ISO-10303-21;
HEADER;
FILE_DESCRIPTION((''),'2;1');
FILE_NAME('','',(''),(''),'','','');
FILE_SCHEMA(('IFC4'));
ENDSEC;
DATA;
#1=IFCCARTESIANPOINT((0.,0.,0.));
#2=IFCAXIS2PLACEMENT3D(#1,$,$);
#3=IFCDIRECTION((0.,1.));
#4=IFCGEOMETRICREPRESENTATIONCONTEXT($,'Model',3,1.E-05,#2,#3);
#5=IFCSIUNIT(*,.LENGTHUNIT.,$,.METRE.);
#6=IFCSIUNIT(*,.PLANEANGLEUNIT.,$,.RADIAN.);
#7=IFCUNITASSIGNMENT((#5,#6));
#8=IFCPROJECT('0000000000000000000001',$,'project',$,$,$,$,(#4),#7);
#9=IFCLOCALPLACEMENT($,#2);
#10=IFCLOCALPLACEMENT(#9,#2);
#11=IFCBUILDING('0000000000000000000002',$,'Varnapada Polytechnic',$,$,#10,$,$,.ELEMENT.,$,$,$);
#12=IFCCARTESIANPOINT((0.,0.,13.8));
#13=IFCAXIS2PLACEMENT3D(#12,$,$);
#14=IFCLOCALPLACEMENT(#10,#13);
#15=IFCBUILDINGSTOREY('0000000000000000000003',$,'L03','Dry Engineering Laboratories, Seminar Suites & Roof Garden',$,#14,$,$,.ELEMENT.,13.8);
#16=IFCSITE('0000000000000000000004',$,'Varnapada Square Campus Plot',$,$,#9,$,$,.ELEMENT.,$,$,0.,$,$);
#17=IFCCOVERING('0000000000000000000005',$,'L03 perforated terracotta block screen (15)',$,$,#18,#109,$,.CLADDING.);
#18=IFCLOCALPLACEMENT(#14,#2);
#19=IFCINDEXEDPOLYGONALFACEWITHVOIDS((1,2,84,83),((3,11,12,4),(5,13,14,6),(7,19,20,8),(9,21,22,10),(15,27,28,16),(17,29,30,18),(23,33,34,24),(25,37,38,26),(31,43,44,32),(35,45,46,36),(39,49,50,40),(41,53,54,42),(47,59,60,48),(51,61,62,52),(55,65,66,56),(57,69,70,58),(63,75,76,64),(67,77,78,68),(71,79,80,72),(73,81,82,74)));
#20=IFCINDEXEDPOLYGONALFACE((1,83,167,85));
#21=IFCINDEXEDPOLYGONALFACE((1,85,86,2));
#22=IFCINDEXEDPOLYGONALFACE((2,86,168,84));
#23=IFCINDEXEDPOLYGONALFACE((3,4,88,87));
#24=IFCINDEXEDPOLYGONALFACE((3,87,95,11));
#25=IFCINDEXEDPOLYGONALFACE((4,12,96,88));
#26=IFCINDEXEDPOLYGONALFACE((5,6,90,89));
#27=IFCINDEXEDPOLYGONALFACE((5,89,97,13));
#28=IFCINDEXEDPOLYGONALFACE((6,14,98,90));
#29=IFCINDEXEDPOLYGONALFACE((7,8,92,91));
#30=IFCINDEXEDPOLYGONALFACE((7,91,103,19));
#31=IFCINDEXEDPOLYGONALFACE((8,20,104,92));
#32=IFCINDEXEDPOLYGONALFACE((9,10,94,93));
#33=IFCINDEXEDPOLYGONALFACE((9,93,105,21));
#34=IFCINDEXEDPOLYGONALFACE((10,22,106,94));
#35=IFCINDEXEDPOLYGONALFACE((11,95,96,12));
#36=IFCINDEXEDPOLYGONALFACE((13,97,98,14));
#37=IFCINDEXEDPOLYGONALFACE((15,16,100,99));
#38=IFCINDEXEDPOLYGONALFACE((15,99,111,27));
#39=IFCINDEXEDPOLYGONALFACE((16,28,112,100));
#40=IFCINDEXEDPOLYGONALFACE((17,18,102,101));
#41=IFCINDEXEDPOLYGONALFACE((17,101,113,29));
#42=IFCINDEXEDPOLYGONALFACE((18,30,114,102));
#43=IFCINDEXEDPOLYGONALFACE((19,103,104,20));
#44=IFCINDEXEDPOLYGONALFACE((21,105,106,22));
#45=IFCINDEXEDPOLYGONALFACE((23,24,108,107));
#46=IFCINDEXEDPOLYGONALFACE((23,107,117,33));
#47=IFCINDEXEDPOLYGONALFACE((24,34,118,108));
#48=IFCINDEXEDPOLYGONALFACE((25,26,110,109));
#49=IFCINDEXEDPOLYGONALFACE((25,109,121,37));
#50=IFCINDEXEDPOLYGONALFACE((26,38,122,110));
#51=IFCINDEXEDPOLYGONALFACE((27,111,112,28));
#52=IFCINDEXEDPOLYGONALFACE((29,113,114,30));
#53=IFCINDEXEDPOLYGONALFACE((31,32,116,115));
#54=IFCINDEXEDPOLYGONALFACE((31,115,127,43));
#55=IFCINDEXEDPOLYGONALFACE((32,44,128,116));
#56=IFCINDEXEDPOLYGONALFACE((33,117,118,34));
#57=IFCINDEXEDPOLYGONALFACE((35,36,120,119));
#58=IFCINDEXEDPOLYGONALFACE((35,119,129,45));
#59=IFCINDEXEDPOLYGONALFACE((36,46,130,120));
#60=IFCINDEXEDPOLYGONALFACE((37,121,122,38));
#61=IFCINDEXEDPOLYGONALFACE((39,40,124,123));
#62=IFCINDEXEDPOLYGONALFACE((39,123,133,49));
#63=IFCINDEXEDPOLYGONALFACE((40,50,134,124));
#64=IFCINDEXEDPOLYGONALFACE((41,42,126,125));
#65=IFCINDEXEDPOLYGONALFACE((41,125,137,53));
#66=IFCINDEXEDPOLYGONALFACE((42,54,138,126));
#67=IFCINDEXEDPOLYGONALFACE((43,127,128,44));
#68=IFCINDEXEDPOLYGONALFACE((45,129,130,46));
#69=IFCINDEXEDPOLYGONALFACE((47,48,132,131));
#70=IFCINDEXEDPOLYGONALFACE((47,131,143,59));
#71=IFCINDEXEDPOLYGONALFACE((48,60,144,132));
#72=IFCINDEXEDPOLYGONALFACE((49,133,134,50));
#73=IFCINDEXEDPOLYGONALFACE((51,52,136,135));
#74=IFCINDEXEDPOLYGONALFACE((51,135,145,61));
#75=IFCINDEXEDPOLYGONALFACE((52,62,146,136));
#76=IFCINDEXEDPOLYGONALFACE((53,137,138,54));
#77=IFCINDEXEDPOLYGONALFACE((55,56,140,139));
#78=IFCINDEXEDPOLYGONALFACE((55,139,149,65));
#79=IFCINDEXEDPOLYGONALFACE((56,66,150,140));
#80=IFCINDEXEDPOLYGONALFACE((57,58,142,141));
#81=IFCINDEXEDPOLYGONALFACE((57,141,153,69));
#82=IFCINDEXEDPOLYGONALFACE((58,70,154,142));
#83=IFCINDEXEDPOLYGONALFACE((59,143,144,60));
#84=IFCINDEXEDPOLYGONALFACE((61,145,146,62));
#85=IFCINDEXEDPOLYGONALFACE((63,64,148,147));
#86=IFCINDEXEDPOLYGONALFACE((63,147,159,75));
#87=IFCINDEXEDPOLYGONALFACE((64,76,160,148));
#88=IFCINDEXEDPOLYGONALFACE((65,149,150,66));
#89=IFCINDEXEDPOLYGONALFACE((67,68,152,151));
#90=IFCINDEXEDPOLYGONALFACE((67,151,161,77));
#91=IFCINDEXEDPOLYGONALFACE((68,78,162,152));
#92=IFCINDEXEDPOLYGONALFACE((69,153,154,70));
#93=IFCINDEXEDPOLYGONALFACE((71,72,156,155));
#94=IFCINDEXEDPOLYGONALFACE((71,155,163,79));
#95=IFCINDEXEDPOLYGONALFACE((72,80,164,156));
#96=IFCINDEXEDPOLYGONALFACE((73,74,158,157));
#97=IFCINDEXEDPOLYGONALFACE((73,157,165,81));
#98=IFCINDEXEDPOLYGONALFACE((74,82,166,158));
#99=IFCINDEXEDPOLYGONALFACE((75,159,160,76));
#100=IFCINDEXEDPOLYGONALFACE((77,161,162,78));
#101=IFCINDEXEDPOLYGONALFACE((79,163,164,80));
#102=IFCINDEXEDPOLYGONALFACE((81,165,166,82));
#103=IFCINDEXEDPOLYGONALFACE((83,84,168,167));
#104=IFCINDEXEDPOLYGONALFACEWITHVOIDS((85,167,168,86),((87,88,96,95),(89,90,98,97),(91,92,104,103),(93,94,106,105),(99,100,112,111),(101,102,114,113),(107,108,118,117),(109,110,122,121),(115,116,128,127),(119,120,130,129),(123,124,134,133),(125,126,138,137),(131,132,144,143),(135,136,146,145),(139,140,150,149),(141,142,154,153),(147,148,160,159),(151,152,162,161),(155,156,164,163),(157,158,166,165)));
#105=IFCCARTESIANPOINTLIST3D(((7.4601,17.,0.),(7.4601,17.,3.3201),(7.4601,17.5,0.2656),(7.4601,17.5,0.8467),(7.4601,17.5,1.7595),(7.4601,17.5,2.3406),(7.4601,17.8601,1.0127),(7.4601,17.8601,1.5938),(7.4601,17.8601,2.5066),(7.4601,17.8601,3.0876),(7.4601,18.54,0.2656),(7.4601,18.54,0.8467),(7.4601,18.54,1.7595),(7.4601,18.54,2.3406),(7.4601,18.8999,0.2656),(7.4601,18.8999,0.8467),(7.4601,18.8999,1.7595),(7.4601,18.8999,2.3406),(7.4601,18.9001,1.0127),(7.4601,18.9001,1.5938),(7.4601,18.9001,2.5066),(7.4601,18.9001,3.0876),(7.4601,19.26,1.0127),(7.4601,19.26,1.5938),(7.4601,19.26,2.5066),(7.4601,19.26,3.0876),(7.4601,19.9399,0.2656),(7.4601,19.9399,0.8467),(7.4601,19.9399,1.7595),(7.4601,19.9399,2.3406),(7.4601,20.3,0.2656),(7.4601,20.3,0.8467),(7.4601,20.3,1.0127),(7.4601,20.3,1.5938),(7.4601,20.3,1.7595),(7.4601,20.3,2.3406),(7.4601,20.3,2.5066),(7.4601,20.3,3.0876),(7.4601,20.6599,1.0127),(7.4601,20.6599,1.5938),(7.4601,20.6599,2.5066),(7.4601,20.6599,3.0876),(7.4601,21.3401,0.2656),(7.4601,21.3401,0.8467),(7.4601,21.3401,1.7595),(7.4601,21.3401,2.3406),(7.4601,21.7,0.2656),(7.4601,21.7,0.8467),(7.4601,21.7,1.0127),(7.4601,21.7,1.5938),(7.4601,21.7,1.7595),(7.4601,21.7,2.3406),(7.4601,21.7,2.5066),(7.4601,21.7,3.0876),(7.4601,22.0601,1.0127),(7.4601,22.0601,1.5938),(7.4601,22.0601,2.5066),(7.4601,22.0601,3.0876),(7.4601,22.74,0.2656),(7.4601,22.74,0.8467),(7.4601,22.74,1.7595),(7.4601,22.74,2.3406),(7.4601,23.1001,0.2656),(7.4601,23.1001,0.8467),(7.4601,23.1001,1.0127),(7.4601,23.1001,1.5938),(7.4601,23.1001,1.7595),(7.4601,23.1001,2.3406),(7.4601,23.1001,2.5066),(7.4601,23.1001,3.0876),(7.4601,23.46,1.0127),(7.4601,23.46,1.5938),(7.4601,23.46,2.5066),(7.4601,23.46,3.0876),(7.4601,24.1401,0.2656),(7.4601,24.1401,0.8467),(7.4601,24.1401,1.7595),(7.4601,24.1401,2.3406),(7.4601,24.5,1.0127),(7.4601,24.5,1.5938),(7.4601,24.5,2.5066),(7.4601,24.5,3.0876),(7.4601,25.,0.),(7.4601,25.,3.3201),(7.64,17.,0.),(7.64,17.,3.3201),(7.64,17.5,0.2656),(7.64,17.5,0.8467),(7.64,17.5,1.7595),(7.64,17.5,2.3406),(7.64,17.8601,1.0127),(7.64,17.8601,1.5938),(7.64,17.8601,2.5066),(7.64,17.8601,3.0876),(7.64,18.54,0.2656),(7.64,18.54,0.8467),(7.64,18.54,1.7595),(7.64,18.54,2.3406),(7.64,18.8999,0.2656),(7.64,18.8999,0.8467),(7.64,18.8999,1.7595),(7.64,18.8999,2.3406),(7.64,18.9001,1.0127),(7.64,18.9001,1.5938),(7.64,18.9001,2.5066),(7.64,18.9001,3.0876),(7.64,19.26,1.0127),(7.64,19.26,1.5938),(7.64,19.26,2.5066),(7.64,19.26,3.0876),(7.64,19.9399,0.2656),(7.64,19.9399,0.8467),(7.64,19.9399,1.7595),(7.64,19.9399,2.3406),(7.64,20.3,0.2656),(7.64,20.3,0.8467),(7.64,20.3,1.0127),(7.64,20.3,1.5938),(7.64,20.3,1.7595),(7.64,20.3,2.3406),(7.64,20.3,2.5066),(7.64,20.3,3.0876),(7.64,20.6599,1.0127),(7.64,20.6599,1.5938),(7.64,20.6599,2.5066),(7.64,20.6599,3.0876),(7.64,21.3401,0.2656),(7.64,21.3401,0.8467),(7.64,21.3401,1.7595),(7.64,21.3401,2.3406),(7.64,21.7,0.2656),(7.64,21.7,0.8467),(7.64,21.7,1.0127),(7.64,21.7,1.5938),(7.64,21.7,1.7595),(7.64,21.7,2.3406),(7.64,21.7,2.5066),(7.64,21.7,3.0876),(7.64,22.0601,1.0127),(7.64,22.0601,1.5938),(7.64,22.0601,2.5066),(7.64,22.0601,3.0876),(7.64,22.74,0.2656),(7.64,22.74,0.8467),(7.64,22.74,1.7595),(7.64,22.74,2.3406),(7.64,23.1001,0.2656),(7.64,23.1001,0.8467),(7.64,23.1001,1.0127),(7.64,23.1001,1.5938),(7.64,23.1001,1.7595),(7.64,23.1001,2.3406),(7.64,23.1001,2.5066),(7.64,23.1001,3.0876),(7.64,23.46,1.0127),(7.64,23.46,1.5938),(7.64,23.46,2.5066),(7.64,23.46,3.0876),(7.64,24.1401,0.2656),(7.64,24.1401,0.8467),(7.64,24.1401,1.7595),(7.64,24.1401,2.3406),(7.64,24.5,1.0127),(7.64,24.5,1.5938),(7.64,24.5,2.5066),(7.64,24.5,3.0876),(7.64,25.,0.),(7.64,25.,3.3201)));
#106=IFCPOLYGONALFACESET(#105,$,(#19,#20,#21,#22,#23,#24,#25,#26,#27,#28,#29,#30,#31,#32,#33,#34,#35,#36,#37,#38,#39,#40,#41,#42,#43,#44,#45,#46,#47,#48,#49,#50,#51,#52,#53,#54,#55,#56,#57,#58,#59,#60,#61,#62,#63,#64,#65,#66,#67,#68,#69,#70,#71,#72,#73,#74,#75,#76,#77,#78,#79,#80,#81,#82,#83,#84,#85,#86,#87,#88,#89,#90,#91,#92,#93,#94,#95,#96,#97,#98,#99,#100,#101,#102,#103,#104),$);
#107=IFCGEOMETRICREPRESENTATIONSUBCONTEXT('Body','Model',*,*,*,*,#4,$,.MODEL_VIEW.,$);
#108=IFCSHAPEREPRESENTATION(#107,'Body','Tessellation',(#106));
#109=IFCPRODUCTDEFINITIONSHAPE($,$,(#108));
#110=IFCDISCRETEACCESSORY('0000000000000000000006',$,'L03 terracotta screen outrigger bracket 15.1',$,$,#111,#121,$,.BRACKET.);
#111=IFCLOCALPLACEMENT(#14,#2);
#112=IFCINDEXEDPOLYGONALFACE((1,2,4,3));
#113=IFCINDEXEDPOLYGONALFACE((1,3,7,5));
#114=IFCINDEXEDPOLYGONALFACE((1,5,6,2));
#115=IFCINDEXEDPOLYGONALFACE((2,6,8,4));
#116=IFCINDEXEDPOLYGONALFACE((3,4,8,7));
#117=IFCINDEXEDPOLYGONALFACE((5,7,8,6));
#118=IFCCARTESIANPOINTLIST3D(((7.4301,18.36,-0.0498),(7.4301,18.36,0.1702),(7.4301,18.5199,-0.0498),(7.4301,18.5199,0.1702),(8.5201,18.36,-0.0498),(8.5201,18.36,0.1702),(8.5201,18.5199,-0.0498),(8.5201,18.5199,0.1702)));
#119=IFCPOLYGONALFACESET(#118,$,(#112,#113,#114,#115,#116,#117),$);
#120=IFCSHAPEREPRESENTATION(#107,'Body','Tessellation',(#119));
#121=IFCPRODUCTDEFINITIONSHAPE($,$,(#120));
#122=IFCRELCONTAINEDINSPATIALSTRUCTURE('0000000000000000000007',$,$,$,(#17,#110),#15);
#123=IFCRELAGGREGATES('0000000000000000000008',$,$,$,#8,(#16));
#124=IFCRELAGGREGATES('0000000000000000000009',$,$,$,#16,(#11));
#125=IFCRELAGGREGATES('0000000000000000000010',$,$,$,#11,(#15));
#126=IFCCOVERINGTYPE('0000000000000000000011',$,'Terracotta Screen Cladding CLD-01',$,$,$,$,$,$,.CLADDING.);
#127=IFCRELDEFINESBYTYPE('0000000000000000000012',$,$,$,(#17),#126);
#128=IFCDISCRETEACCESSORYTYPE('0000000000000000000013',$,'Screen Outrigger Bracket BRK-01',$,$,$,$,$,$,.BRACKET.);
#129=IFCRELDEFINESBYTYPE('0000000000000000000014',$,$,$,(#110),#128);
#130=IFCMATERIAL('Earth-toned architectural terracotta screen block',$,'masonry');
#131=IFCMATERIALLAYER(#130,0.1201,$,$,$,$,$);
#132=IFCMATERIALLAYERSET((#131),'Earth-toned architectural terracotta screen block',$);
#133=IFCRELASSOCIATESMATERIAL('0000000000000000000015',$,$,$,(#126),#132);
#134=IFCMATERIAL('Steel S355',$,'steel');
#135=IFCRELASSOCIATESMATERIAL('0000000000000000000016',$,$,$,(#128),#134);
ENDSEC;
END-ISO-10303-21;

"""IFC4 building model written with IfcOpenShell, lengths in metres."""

from ifc_helpers import new_model, si_unit, direction, frame, frame_2d, origin, origin_2d, place, context, subcontext, project, spatial, rectangle, extrude, material, layer, layer_set, type_object, element, save


model = new_model("IFC4")

# Units and contexts
model_context = context("Model", 3, precision=1e-05, world=origin(), true_north=direction((0.0, 1.0)))
body_context = subcontext(model_context, "Body", "Model", "MODEL_VIEW")
ifc_project = project(units=[si_unit("LENGTHUNIT", "METRE"), si_unit("PLANEANGLEUNIT", "RADIAN")], contexts=[model_context])

# Site, building, storey
site_placement = place(None, origin())
site = spatial("IfcSite", under=ifc_project, at=site_placement, Name="Varnapada Square Campus Plot", CompositionType="ELEMENT", RefElevation=0.0)
building_placement = place(site_placement, origin())
building = spatial("IfcBuilding", under=site, at=building_placement, Name="Varnapada Polytechnic", CompositionType="ELEMENT")
storey_placement = place(building_placement, frame((0.0, 0.0, 13.8)))
storey = spatial("IfcBuildingStorey", under=building, at=storey_placement, Name="L03", Description="Dry Engineering Laboratories, Seminar Suites & Roof Garden", CompositionType="ELEMENT", Elevation=13.8)

# Covering, openings
ifc_material_1 = material(Name="Earth-toned architectural terracotta screen block", Category="masonry")
ifc_layer_1 = layer(ifc_material_1, 0.1201)
ifc_layer_set_1 = layer_set([ifc_layer_1], Name="Earth-toned architectural terracotta screen block")
covering_type = type_object("IfcCoveringType", Name="Terracotta Screen Cladding CLD-01", PredefinedType="CLADDING", material=ifc_layer_set_1)
covering_placement = place(storey_placement, frame((7.55, 17.0, 0.0), z_axis=(0.0, 0.0, 1.0), x_axis=(0.0, 1.0, 0.0)))
covering = element("IfcCovering", 1, at=covering_placement, inside=storey, type_object=covering_type, Name="L03 perforated terracotta block screen (15)", PredefinedType="CLADDING", context=body_context, shape_type="SweptSolid", body=[
    extrude(rectangle(XDim=8.0, YDim=0.1799, at=frame_2d((4.0, 0.0))), origin(), (0.0, 0.0, 1.0), 3.3201),
])
opening_1_placement = place(covering_placement, frame((0.5, 0.0, 0.2656)))
element("IfcOpeningElement", 2, at=opening_1_placement, cuts=covering, PredefinedType="OPENING", context=body_context, shape_type="SweptSolid", body=[
    extrude(rectangle(XDim=1.04, YDim=0.5811, at=frame_2d((0.52, 0.2905))), frame((0.0, 0.0999, 0.0), z_axis=(0.0, -1.0, 0.0), x_axis=(1.0, 0.0, 0.0)), (0.0, 0.0, 1.0), 0.2),
])
opening_2_placement = place(covering_placement, frame((1.8999, 0.0, 0.2656)))
element("IfcOpeningElement", 3, at=opening_2_placement, cuts=covering, PredefinedType="OPENING", context=body_context, shape_type="SweptSolid", body=[
    extrude(rectangle(XDim=1.04, YDim=0.5811, at=frame_2d((0.52, 0.2905))), frame((0.0, 0.0999, 0.0), z_axis=(0.0, -1.0, 0.0), x_axis=(1.0, 0.0, 0.0)), (0.0, 0.0, 1.0), 0.2),
])
opening_3_placement = place(covering_placement, frame((3.3, 0.0, 0.2656)))
element("IfcOpeningElement", 4, at=opening_3_placement, cuts=covering, PredefinedType="OPENING", context=body_context, shape_type="SweptSolid", body=[
    extrude(rectangle(XDim=1.04, YDim=0.5811, at=frame_2d((0.52, 0.2905))), frame((0.0, 0.0999, 0.0), z_axis=(0.0, -1.0, 0.0), x_axis=(1.0, 0.0, 0.0)), (0.0, 0.0, 1.0), 0.2),
])
opening_4_placement = place(covering_placement, frame((4.7, 0.0, 0.2656)))
element("IfcOpeningElement", 5, at=opening_4_placement, cuts=covering, PredefinedType="OPENING", context=body_context, shape_type="SweptSolid", body=[
    extrude(rectangle(XDim=1.04, YDim=0.5811, at=frame_2d((0.52, 0.2905))), frame((0.0, 0.0999, 0.0), z_axis=(0.0, -1.0, 0.0), x_axis=(1.0, 0.0, 0.0)), (0.0, 0.0, 1.0), 0.2),
])
opening_5_placement = place(covering_placement, frame((6.1001, 0.0, 0.2656)))
element("IfcOpeningElement", 6, at=opening_5_placement, cuts=covering, PredefinedType="OPENING", context=body_context, shape_type="SweptSolid", body=[
    extrude(rectangle(XDim=1.04, YDim=0.5811, at=frame_2d((0.52, 0.2905))), frame((0.0, 0.0999, 0.0), z_axis=(0.0, -1.0, 0.0), x_axis=(1.0, 0.0, 0.0)), (0.0, 0.0, 1.0), 0.2),
])
opening_6_placement = place(covering_placement, frame((0.8601, 0.0, 1.0127)))
element("IfcOpeningElement", 7, at=opening_6_placement, cuts=covering, PredefinedType="OPENING", context=body_context, shape_type="SweptSolid", body=[
    extrude(rectangle(XDim=1.04, YDim=0.5811, at=frame_2d((0.52, 0.2905))), frame((0.0, 0.0999, 0.0), z_axis=(0.0, -1.0, 0.0), x_axis=(1.0, 0.0, 0.0)), (0.0, 0.0, 1.0), 0.2),
])
opening_7_placement = place(covering_placement, frame((2.26, 0.0, 1.0127)))
element("IfcOpeningElement", 8, at=opening_7_placement, cuts=covering, PredefinedType="OPENING", context=body_context, shape_type="SweptSolid", body=[
    extrude(rectangle(XDim=1.04, YDim=0.5811, at=frame_2d((0.52, 0.2905))), frame((0.0, 0.0999, 0.0), z_axis=(0.0, -1.0, 0.0), x_axis=(1.0, 0.0, 0.0)), (0.0, 0.0, 1.0), 0.2),
])
opening_8_placement = place(covering_placement, frame((3.6599, 0.0, 1.0127)))
element("IfcOpeningElement", 9, at=opening_8_placement, cuts=covering, PredefinedType="OPENING", context=body_context, shape_type="SweptSolid", body=[
    extrude(rectangle(XDim=1.04, YDim=0.5811, at=frame_2d((0.52, 0.2905))), frame((0.0, 0.0999, 0.0), z_axis=(0.0, -1.0, 0.0), x_axis=(1.0, 0.0, 0.0)), (0.0, 0.0, 1.0), 0.2),
])
opening_9_placement = place(covering_placement, frame((5.0601, 0.0, 1.0127)))
element("IfcOpeningElement", 10, at=opening_9_placement, cuts=covering, PredefinedType="OPENING", context=body_context, shape_type="SweptSolid", body=[
    extrude(rectangle(XDim=1.04, YDim=0.5811, at=frame_2d((0.52, 0.2905))), frame((0.0, 0.0999, 0.0), z_axis=(0.0, -1.0, 0.0), x_axis=(1.0, 0.0, 0.0)), (0.0, 0.0, 1.0), 0.2),
])
opening_10_placement = place(covering_placement, frame((6.46, 0.0, 1.0127)))
element("IfcOpeningElement", 11, at=opening_10_placement, cuts=covering, PredefinedType="OPENING", context=body_context, shape_type="SweptSolid", body=[
    extrude(rectangle(XDim=1.04, YDim=0.5811, at=frame_2d((0.52, 0.2905))), frame((0.0, 0.0999, 0.0), z_axis=(0.0, -1.0, 0.0), x_axis=(1.0, 0.0, 0.0)), (0.0, 0.0, 1.0), 0.2),
])
opening_11_placement = place(covering_placement, frame((0.5, 0.0, 1.7595)))
element("IfcOpeningElement", 12, at=opening_11_placement, cuts=covering, PredefinedType="OPENING", context=body_context, shape_type="SweptSolid", body=[
    extrude(rectangle(XDim=1.04, YDim=0.5811, at=frame_2d((0.52, 0.2905))), frame((0.0, 0.0999, 0.0), z_axis=(0.0, -1.0, 0.0), x_axis=(1.0, 0.0, 0.0)), (0.0, 0.0, 1.0), 0.2),
])
opening_12_placement = place(covering_placement, frame((1.8999, 0.0, 1.7595)))
element("IfcOpeningElement", 13, at=opening_12_placement, cuts=covering, PredefinedType="OPENING", context=body_context, shape_type="SweptSolid", body=[
    extrude(rectangle(XDim=1.04, YDim=0.5811, at=frame_2d((0.52, 0.2905))), frame((0.0, 0.0999, 0.0), z_axis=(0.0, -1.0, 0.0), x_axis=(1.0, 0.0, 0.0)), (0.0, 0.0, 1.0), 0.2),
])
opening_13_placement = place(covering_placement, frame((3.3, 0.0, 1.7595)))
element("IfcOpeningElement", 14, at=opening_13_placement, cuts=covering, PredefinedType="OPENING", context=body_context, shape_type="SweptSolid", body=[
    extrude(rectangle(XDim=1.04, YDim=0.5811, at=frame_2d((0.52, 0.2905))), frame((0.0, 0.0999, 0.0), z_axis=(0.0, -1.0, 0.0), x_axis=(1.0, 0.0, 0.0)), (0.0, 0.0, 1.0), 0.2),
])
opening_14_placement = place(covering_placement, frame((4.7, 0.0, 1.7595)))
element("IfcOpeningElement", 15, at=opening_14_placement, cuts=covering, PredefinedType="OPENING", context=body_context, shape_type="SweptSolid", body=[
    extrude(rectangle(XDim=1.04, YDim=0.5811, at=frame_2d((0.52, 0.2905))), frame((0.0, 0.0999, 0.0), z_axis=(0.0, -1.0, 0.0), x_axis=(1.0, 0.0, 0.0)), (0.0, 0.0, 1.0), 0.2),
])
opening_15_placement = place(covering_placement, frame((6.1001, 0.0, 1.7595)))
element("IfcOpeningElement", 16, at=opening_15_placement, cuts=covering, PredefinedType="OPENING", context=body_context, shape_type="SweptSolid", body=[
    extrude(rectangle(XDim=1.04, YDim=0.5811, at=frame_2d((0.52, 0.2905))), frame((0.0, 0.0999, 0.0), z_axis=(0.0, -1.0, 0.0), x_axis=(1.0, 0.0, 0.0)), (0.0, 0.0, 1.0), 0.2),
])
opening_16_placement = place(covering_placement, frame((0.8601, 0.0, 2.5066)))
element("IfcOpeningElement", 17, at=opening_16_placement, cuts=covering, PredefinedType="OPENING", context=body_context, shape_type="SweptSolid", body=[
    extrude(rectangle(XDim=1.04, YDim=0.5811, at=frame_2d((0.52, 0.2905))), frame((0.0, 0.0999, 0.0), z_axis=(0.0, -1.0, 0.0), x_axis=(1.0, 0.0, 0.0)), (0.0, 0.0, 1.0), 0.2),
])
opening_17_placement = place(covering_placement, frame((2.26, 0.0, 2.5066)))
element("IfcOpeningElement", 18, at=opening_17_placement, cuts=covering, PredefinedType="OPENING", context=body_context, shape_type="SweptSolid", body=[
    extrude(rectangle(XDim=1.04, YDim=0.5811, at=frame_2d((0.52, 0.2905))), frame((0.0, 0.0999, 0.0), z_axis=(0.0, -1.0, 0.0), x_axis=(1.0, 0.0, 0.0)), (0.0, 0.0, 1.0), 0.2),
])
opening_18_placement = place(covering_placement, frame((3.6599, 0.0, 2.5066)))
element("IfcOpeningElement", 19, at=opening_18_placement, cuts=covering, PredefinedType="OPENING", context=body_context, shape_type="SweptSolid", body=[
    extrude(rectangle(XDim=1.04, YDim=0.5811, at=frame_2d((0.52, 0.2905))), frame((0.0, 0.0999, 0.0), z_axis=(0.0, -1.0, 0.0), x_axis=(1.0, 0.0, 0.0)), (0.0, 0.0, 1.0), 0.2),
])
opening_19_placement = place(covering_placement, frame((5.0601, 0.0, 2.5066)))
element("IfcOpeningElement", 20, at=opening_19_placement, cuts=covering, PredefinedType="OPENING", context=body_context, shape_type="SweptSolid", body=[
    extrude(rectangle(XDim=1.04, YDim=0.5811, at=frame_2d((0.52, 0.2905))), frame((0.0, 0.0999, 0.0), z_axis=(0.0, -1.0, 0.0), x_axis=(1.0, 0.0, 0.0)), (0.0, 0.0, 1.0), 0.2),
])
opening_20_placement = place(covering_placement, frame((6.46, 0.0, 2.5066)))
element("IfcOpeningElement", 21, at=opening_20_placement, cuts=covering, PredefinedType="OPENING", context=body_context, shape_type="SweptSolid", body=[
    extrude(rectangle(XDim=1.04, YDim=0.5811, at=frame_2d((0.52, 0.2905))), frame((0.0, 0.0999, 0.0), z_axis=(0.0, -1.0, 0.0), x_axis=(1.0, 0.0, 0.0)), (0.0, 0.0, 1.0), 0.2),
])

# Discrete accessory
ifc_material_2 = material(Name="Steel S355", Category="steel")
discrete_accessory_type = type_object("IfcDiscreteAccessoryType", Name="Screen Outrigger Bracket BRK-01", PredefinedType="BRACKET", material=ifc_material_2)
discrete_accessory_placement = place(storey_placement, frame((7.9751, 18.4399, -0.0498), z_axis=(0.0, 0.0, 1.0), x_axis=(0.0, 1.0, 0.0)))
element("IfcDiscreteAccessory", 22, at=discrete_accessory_placement, inside=storey, type_object=discrete_accessory_type, Name="L03 terracotta screen outrigger bracket 15.1", PredefinedType="BRACKET", context=body_context, shape_type="SweptSolid", body=[
    extrude(rectangle(XDim=0.1599, YDim=1.0901, at=origin_2d()), origin(), (0.0, 0.0, 1.0), 0.22),
])

save(model, "model.ifc")
